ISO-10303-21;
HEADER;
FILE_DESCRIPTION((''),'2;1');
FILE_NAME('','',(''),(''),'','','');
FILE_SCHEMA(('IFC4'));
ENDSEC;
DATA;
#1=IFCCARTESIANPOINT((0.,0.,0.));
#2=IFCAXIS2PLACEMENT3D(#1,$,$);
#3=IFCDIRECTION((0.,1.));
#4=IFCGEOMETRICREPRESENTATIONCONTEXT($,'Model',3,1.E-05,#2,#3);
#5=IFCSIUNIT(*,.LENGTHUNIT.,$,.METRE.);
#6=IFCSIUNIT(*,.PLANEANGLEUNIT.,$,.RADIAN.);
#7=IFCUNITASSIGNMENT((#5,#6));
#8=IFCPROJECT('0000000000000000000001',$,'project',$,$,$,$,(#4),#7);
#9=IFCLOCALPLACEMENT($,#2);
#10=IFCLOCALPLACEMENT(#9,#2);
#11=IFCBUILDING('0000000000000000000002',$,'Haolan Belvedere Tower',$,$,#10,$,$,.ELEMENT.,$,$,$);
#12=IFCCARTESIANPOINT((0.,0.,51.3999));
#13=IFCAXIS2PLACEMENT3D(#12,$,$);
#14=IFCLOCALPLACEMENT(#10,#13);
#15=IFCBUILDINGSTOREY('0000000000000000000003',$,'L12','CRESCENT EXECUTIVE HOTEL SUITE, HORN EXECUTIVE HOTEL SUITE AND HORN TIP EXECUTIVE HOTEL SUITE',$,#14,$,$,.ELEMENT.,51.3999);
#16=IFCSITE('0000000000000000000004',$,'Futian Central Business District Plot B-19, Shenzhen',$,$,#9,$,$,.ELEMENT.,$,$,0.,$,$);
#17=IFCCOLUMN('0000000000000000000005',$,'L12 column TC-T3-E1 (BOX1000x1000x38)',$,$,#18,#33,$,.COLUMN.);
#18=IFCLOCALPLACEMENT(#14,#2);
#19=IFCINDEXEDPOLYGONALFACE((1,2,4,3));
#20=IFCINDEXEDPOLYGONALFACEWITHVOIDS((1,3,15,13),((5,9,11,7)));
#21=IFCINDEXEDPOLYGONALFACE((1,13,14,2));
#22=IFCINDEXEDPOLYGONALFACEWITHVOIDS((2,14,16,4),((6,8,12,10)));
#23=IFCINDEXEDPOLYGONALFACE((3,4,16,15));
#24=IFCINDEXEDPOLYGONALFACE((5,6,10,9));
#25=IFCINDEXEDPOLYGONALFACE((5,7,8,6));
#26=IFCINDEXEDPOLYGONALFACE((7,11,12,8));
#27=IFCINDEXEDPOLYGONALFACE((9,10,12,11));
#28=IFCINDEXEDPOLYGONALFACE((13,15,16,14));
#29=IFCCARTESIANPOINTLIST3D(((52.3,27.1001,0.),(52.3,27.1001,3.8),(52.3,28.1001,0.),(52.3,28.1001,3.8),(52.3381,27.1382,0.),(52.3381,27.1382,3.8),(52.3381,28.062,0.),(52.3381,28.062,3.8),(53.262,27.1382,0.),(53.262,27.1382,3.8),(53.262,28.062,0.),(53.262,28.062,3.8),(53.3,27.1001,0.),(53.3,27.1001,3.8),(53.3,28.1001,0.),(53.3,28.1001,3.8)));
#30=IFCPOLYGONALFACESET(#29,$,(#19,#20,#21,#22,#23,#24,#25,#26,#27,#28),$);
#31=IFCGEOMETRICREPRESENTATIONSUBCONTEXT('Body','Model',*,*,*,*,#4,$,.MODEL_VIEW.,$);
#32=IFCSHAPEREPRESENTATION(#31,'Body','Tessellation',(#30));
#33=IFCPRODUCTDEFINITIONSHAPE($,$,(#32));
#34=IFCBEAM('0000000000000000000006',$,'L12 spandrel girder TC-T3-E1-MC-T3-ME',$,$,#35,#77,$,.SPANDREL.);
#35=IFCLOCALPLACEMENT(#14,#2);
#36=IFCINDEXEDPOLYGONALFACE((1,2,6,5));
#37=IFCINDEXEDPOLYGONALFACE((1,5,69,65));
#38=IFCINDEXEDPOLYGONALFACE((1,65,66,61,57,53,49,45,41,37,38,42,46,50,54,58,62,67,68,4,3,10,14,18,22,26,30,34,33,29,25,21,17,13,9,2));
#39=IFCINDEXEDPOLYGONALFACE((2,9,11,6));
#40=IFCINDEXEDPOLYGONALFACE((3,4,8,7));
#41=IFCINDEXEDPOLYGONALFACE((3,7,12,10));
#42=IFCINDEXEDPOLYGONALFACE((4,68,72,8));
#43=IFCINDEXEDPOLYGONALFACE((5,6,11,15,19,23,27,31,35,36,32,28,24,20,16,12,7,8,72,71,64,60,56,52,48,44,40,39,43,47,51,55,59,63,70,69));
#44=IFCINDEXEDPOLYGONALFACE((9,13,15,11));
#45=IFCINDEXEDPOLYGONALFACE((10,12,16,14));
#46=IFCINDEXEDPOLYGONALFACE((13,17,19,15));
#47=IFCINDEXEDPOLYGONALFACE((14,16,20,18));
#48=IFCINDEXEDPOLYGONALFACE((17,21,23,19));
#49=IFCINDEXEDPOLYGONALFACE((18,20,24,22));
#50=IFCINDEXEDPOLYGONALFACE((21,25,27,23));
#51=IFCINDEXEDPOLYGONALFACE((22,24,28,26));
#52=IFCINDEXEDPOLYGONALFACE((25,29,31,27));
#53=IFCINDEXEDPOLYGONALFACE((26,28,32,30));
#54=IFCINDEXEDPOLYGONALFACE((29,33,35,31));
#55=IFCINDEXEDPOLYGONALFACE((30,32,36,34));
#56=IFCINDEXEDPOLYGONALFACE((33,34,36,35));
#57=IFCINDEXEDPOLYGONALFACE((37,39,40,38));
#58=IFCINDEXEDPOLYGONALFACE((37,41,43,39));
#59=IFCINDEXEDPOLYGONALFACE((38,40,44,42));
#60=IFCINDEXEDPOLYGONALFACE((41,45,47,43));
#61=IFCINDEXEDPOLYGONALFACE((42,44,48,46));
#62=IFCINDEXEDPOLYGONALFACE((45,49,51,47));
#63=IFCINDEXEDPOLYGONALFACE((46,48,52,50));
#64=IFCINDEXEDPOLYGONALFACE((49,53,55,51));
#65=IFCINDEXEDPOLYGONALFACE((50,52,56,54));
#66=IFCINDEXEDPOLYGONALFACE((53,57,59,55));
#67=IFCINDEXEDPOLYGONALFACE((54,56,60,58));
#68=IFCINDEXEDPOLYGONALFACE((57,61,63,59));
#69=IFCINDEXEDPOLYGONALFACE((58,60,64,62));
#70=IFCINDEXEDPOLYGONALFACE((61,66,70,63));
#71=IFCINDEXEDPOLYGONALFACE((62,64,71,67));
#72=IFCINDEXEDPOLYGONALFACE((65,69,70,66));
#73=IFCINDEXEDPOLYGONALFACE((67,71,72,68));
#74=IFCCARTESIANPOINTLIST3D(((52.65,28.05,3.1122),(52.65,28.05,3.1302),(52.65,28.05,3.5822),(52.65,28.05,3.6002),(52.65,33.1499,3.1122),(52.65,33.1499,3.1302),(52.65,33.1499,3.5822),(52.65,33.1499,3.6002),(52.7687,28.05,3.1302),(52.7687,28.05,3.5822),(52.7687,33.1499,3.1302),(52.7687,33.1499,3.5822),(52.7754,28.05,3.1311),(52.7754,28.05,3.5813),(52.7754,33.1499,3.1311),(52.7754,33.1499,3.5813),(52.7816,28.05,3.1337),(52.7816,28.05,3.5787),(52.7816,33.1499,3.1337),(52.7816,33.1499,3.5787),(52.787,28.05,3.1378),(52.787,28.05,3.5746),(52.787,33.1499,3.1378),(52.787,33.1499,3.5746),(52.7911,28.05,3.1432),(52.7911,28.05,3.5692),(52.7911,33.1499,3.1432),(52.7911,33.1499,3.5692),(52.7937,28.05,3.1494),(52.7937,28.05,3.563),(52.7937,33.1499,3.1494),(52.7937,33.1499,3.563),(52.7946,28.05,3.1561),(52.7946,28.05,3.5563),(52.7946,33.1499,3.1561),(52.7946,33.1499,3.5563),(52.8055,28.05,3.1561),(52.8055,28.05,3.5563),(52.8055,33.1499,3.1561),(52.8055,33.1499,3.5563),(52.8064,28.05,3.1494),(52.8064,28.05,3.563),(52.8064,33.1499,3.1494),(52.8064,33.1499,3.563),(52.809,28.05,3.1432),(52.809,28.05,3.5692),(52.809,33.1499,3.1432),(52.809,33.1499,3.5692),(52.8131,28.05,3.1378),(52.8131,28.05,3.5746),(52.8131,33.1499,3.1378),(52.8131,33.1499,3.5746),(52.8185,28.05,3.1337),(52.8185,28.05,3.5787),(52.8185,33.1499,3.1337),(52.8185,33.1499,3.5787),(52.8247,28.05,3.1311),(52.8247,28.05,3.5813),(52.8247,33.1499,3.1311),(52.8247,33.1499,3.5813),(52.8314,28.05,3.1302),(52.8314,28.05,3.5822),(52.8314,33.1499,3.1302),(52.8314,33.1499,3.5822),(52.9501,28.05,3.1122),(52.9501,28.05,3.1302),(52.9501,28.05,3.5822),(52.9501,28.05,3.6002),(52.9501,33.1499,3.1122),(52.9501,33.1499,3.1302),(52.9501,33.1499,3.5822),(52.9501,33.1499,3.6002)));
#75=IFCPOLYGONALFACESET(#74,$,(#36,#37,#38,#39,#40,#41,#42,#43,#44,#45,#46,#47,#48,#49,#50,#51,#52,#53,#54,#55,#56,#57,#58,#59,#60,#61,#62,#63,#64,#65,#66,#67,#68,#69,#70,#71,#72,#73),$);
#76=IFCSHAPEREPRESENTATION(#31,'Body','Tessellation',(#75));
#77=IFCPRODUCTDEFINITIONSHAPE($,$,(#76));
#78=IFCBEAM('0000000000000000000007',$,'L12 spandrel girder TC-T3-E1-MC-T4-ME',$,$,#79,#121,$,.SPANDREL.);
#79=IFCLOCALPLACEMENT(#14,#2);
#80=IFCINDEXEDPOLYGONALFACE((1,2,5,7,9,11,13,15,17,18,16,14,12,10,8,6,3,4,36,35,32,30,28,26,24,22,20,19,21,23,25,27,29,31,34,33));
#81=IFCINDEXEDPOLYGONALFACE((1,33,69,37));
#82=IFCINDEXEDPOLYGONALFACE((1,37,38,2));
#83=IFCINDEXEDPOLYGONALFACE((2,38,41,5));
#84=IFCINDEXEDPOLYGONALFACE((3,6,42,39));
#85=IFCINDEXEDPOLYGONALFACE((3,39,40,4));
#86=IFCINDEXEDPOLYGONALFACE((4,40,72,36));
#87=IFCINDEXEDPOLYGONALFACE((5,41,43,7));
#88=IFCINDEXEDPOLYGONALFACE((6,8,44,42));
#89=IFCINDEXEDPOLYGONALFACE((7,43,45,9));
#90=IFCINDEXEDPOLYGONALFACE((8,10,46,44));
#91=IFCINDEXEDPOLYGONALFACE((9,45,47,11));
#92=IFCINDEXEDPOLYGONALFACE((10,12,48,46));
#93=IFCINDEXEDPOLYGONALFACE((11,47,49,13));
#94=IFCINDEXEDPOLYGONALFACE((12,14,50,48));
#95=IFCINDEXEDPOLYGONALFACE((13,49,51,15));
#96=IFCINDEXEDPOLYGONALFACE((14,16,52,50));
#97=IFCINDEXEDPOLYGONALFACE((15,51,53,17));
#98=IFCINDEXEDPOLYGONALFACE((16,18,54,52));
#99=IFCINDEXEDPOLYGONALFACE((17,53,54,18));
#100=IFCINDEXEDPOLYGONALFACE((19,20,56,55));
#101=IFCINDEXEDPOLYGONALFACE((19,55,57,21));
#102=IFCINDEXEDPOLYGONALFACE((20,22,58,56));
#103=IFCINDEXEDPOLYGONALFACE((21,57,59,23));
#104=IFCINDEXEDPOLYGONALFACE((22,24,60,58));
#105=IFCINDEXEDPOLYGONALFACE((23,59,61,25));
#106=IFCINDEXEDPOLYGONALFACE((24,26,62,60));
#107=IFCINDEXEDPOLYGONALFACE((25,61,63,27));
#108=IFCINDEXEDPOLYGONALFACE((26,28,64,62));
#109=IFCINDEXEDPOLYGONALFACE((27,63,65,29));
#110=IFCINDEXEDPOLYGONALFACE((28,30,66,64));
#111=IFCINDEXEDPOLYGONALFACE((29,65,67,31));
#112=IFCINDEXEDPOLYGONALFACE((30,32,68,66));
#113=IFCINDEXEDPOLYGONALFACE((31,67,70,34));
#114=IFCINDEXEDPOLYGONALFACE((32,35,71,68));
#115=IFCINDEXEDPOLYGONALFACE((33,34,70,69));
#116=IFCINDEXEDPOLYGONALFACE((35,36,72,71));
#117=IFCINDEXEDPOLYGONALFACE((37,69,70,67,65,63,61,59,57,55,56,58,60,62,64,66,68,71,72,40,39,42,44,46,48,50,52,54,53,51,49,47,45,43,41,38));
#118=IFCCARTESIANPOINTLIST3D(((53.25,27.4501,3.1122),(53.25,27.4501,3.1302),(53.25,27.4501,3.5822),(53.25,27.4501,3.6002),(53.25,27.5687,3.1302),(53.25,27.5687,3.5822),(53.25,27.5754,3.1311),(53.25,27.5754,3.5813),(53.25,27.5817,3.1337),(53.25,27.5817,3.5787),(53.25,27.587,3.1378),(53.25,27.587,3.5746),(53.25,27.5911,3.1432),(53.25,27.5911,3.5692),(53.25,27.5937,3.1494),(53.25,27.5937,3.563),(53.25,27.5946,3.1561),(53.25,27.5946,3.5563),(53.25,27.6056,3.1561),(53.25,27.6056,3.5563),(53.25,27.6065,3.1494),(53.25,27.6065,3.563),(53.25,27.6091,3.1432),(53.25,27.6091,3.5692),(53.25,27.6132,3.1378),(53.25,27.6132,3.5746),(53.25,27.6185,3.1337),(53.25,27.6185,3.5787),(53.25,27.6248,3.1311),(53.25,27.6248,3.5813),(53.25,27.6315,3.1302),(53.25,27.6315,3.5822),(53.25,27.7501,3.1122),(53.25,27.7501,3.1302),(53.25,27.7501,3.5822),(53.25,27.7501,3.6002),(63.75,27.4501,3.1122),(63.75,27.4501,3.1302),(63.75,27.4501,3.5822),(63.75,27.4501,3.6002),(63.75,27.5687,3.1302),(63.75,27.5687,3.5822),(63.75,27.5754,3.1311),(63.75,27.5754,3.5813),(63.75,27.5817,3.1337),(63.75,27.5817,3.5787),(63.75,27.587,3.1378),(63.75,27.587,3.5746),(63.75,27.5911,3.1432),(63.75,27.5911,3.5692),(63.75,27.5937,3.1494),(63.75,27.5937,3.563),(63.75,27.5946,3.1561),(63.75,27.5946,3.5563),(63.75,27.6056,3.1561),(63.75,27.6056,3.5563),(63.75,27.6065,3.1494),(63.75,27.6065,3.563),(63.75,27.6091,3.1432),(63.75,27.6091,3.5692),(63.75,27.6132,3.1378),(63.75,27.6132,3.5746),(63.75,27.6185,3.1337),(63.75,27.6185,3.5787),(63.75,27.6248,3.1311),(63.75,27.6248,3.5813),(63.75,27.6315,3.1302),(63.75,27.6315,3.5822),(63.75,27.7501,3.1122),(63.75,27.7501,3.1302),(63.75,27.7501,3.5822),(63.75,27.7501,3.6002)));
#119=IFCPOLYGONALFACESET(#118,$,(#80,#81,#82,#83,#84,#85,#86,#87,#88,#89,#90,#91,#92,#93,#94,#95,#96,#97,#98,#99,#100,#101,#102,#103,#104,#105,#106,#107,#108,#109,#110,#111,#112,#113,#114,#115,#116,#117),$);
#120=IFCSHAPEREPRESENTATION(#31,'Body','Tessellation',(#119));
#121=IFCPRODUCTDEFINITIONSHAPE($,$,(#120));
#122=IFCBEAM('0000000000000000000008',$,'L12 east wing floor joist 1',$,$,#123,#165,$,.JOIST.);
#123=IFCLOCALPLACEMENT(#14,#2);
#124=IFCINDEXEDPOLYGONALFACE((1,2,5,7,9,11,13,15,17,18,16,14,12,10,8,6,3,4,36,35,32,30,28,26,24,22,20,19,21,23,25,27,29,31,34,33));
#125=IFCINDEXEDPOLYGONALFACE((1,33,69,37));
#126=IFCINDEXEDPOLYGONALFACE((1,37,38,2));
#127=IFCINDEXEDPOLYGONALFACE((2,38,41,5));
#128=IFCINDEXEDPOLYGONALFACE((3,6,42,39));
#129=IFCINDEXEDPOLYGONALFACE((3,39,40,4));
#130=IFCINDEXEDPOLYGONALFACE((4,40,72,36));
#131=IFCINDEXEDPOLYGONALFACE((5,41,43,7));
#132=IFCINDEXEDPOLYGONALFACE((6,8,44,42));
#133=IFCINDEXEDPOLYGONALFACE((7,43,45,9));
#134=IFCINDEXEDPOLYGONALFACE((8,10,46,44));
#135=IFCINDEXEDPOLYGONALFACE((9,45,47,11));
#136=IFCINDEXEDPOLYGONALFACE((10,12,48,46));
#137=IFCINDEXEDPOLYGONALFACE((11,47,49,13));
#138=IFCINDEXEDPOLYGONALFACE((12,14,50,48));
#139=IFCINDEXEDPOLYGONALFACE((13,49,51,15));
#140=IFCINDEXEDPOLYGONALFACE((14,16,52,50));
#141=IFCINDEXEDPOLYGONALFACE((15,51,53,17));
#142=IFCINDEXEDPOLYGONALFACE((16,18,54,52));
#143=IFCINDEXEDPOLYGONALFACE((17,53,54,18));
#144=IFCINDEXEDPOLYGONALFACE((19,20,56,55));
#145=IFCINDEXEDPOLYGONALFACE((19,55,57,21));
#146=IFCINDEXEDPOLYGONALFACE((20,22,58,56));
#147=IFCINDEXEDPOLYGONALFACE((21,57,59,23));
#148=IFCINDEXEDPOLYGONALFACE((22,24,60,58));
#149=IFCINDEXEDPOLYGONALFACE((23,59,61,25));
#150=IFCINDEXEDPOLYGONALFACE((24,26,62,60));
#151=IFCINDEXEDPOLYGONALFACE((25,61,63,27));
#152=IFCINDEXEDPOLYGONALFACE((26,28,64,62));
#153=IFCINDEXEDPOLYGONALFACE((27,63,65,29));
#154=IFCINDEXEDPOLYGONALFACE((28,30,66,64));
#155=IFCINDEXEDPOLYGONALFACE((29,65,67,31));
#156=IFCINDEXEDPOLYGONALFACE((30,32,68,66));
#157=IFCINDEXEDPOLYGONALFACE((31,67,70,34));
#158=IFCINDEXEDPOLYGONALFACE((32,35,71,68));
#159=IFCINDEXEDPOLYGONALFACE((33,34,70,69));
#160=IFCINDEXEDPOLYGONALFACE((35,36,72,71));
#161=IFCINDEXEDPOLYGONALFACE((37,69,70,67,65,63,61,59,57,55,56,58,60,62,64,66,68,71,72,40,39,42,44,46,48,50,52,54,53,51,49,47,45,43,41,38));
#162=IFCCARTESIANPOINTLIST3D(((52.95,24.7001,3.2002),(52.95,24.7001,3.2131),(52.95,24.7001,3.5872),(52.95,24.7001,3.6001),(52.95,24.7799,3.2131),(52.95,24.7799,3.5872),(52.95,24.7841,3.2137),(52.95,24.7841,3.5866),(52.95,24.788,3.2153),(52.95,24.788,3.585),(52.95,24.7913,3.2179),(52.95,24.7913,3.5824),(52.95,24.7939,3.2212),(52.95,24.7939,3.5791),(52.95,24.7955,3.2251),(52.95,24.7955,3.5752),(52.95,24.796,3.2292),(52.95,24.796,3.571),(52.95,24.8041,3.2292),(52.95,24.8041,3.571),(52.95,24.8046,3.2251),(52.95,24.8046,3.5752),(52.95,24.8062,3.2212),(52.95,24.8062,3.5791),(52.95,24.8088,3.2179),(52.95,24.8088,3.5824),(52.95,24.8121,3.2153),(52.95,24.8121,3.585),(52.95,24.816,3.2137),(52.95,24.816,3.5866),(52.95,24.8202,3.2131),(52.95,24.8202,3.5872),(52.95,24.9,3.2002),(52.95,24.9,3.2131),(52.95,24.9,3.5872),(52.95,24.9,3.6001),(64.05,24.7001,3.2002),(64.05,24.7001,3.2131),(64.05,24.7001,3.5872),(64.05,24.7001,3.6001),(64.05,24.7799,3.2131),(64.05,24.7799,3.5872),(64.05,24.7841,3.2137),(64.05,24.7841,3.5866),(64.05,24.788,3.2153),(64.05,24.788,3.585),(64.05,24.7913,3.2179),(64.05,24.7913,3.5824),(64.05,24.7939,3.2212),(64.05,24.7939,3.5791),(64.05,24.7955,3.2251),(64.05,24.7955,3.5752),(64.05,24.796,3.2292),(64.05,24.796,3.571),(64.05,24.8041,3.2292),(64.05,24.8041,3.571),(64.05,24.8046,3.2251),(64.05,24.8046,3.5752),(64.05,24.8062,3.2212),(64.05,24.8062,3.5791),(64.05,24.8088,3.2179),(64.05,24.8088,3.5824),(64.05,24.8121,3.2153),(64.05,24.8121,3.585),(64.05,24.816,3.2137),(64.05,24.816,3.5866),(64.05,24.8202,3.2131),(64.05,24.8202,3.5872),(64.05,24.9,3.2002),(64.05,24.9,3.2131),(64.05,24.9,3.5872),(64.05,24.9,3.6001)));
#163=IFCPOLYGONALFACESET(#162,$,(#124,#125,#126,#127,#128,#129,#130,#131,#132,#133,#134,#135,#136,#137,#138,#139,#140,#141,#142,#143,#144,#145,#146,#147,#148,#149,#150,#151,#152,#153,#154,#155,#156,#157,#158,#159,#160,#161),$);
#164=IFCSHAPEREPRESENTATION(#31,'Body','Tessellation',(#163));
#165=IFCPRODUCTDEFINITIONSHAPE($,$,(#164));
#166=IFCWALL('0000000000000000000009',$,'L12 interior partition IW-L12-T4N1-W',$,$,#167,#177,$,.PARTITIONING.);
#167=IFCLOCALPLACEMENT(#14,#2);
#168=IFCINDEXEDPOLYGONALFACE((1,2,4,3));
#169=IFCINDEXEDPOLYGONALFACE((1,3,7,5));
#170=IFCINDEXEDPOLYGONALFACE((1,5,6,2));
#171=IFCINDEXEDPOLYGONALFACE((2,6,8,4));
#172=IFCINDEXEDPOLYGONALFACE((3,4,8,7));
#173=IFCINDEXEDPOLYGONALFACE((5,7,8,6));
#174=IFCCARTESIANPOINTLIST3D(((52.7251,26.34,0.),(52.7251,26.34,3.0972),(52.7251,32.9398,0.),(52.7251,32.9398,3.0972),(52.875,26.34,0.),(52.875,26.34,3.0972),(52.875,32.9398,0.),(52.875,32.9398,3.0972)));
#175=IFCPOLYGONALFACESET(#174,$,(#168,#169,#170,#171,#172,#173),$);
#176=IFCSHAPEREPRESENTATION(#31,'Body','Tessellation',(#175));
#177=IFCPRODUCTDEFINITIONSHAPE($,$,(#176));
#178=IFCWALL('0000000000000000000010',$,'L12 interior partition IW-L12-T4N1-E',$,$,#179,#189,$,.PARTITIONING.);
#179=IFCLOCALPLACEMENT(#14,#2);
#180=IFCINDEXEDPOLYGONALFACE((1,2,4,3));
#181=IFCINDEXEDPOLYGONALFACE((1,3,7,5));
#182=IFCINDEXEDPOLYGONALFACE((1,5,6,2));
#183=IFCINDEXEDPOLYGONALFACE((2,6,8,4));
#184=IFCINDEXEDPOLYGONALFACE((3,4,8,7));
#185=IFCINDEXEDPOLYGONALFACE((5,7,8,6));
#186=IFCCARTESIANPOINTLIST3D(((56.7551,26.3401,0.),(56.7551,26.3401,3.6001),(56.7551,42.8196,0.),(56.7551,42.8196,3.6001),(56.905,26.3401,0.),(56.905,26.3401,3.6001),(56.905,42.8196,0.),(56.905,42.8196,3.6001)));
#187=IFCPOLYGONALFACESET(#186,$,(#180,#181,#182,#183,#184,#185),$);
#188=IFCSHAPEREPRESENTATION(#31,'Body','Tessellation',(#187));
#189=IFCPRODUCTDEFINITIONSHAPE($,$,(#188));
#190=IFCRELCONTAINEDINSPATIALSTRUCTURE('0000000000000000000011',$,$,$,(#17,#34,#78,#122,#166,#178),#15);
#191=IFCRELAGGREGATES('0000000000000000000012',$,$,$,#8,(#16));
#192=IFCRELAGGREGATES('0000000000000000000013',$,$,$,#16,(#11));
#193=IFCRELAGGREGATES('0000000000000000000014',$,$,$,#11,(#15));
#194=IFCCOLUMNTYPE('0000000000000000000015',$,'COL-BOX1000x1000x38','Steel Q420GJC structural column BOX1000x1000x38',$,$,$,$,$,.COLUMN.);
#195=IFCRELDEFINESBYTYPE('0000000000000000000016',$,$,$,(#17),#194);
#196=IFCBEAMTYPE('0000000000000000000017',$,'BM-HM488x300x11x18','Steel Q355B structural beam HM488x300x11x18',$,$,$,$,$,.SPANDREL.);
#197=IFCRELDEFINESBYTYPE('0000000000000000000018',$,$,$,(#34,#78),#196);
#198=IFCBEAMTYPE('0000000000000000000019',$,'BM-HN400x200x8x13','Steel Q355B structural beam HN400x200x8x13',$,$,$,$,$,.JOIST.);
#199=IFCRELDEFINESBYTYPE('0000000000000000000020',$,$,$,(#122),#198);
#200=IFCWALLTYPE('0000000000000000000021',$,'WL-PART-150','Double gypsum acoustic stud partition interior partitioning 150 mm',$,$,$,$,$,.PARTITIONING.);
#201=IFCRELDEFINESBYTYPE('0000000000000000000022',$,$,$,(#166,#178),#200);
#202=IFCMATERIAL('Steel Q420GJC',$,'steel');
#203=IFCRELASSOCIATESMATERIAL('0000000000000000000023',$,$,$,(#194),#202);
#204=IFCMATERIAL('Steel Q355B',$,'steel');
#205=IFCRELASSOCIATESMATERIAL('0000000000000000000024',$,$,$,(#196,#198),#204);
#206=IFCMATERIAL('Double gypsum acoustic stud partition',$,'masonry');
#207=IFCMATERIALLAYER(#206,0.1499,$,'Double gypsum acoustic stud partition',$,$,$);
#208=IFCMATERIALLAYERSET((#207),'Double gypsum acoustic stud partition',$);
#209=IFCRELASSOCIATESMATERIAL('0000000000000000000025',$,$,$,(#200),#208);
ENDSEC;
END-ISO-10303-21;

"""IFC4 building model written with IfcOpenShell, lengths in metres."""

from ifc_helpers import new_model, si_unit, direction, frame, frame_2d, origin, origin_2d, place, context, subcontext, project, spatial, rectangle, hollow_rectangle, i_section, extrude, material, layer, layer_set, material_profile, profile_set, type_object, element, save


model = new_model("IFC4")

# Units and contexts
model_context = context("Model", 3, precision=1e-05, world=origin(), true_north=direction((0.0, 1.0)))
body_context = subcontext(model_context, "Body", "Model", "MODEL_VIEW")
ifc_project = project(units=[si_unit("LENGTHUNIT", "METRE"), si_unit("PLANEANGLEUNIT", "RADIAN")], contexts=[model_context])

# Site, building, storey
site_placement = place(None, origin())
site = spatial("IfcSite", under=ifc_project, at=site_placement, Name="Futian Central Business District Plot B-19, Shenzhen", CompositionType="ELEMENT", RefElevation=0.0)
building_placement = place(site_placement, origin())
building = spatial("IfcBuilding", under=site, at=building_placement, Name="Haolan Belvedere Tower", CompositionType="ELEMENT")
storey_placement = place(building_placement, frame((0.0, 0.0, 51.3999)))
storey = spatial("IfcBuildingStorey", under=building, at=storey_placement, Name="L12", Description="CRESCENT EXECUTIVE HOTEL SUITE, HORN EXECUTIVE HOTEL SUITE AND HORN TIP EXECUTIVE HOTEL SUITE", CompositionType="ELEMENT", Elevation=51.3999)

# Column
ifc_material_1 = material(Name="Steel Q420GJC", Category="steel")
ifc_material_profile_1 = material_profile(ifc_material_1, hollow_rectangle(XDim=1.0, YDim=1.0, WallThickness=0.0381, at=origin_2d()), Name="Steel Q420GJC")
ifc_profile_set_1 = profile_set([ifc_material_profile_1], Name="Steel Q420GJC")
column_type = type_object("IfcColumnType", Name="COL-BOX1000x1000x38", Description="Steel Q420GJC structural column BOX1000x1000x38", PredefinedType="COLUMN", material=ifc_profile_set_1)
column_placement = place(storey_placement, frame((52.8, 27.6001, 0.0), z_axis=(0.0, 0.0, 1.0), x_axis=(1.0, 0.0, 0.0)))
element("IfcColumn", 1, at=column_placement, inside=storey, type_object=column_type, Name="L12 column TC-T3-E1 (BOX1000x1000x38)", PredefinedType="COLUMN", context=body_context, shape_type="SweptSolid", body=[
    extrude(hollow_rectangle(XDim=1.0, YDim=1.0, WallThickness=0.0381, at=origin_2d()), origin(), (0.0, 0.0, 1.0), 3.8),
])

# Beams
ifc_material_2 = material(Name="Steel Q355B", Category="steel")
ifc_material_profile_2 = material_profile(ifc_material_2, i_section(OverallWidth=0.3, OverallDepth=0.488, WebThickness=0.011, FlangeThickness=0.0181, FilletRadius=0.0259, at=origin_2d()), Name="Steel Q355B")
ifc_profile_set_2 = profile_set([ifc_material_profile_2], Name="Steel Q355B")
beam_type_1 = type_object("IfcBeamType", Name="BM-HM488x300x11x18", Description="Steel Q355B structural beam HM488x300x11x18", PredefinedType="SPANDREL", material=ifc_profile_set_2)
beam_1_placement = place(storey_placement, frame((52.8, 28.05, 3.3562), z_axis=(0.0, 1.0, 0.0), x_axis=(-1.0, 0.0, 0.0)))
element("IfcBeam", 2, at=beam_1_placement, inside=storey, type_object=beam_type_1, Name="L12 spandrel girder TC-T3-E1-MC-T3-ME", PredefinedType="SPANDREL", context=body_context, shape_type="SweptSolid", body=[
    extrude(i_section(OverallWidth=0.3, OverallDepth=0.488, WebThickness=0.011, FlangeThickness=0.0181, FilletRadius=0.0259, at=origin_2d()), origin(), (0.0, 0.0, 1.0), 5.0999),
])
beam_2_placement = place(storey_placement, frame((53.25, 27.6001, 3.3562), z_axis=(1.0, 0.0, 0.0), x_axis=(0.0, 1.0, 0.0)))
element("IfcBeam", 3, at=beam_2_placement, inside=storey, type_object=beam_type_1, Name="L12 spandrel girder TC-T3-E1-MC-T4-ME", PredefinedType="SPANDREL", context=body_context, shape_type="SweptSolid", body=[
    extrude(i_section(OverallWidth=0.3, OverallDepth=0.488, WebThickness=0.011, FlangeThickness=0.0181, FilletRadius=0.0259, at=origin_2d()), origin(), (0.0, 0.0, 1.0), 10.5),
])
ifc_material_profile_3 = material_profile(ifc_material_2, i_section(OverallWidth=0.2, OverallDepth=0.3999, WebThickness=0.0081, FlangeThickness=0.0129, FilletRadius=0.0161, at=origin_2d()), Name="Steel Q355B")
ifc_profile_set_3 = profile_set([ifc_material_profile_3], Name="Steel Q355B")
beam_type_2 = type_object("IfcBeamType", Name="BM-HN400x200x8x13", Description="Steel Q355B structural beam HN400x200x8x13", PredefinedType="JOIST", material=ifc_profile_set_3)
beam_3_placement = place(storey_placement, frame((52.95, 24.8, 3.4001), z_axis=(1.0, 0.0, 0.0), x_axis=(0.0, 1.0, 0.0)))
element("IfcBeam", 4, at=beam_3_placement, inside=storey, type_object=beam_type_2, Name="L12 east wing floor joist 1", PredefinedType="JOIST", context=body_context, shape_type="SweptSolid", body=[
    extrude(i_section(OverallWidth=0.2, OverallDepth=0.3999, WebThickness=0.0081, FlangeThickness=0.0129, FilletRadius=0.0161, at=origin_2d()), origin(), (0.0, 0.0, 1.0), 11.1001),
])

# Walls
ifc_material_3 = material(Name="Double gypsum acoustic stud partition", Category="masonry")
ifc_layer_1 = layer(ifc_material_3, 0.1499, Name="Double gypsum acoustic stud partition")
ifc_layer_set_1 = layer_set([ifc_layer_1], Name="Double gypsum acoustic stud partition")
wall_type_1 = type_object("IfcWallType", Name="WL-PART-150", Description="Double gypsum acoustic stud partition interior partitioning 150 mm", PredefinedType="PARTITIONING", material=ifc_layer_set_1)
wall_1_placement = place(storey_placement, frame((52.8, 26.3401, 0.0), z_axis=(0.0, 0.0, 1.0), x_axis=(0.0, 1.0, 0.0)))
element("IfcWall", 5, at=wall_1_placement, inside=storey, type_object=wall_type_1, Name="L12 interior partition IW-L12-T4N1-W", PredefinedType="PARTITIONING", context=body_context, shape_type="SweptSolid", body=[
    extrude(rectangle(XDim=6.5999, YDim=0.1499, at=frame_2d((3.2998, 0.0))), origin(), (0.0, 0.0, 1.0), 3.0972),
])
wall_2_placement = place(storey_placement, frame((56.8301, 26.3401, 0.0), z_axis=(0.0, 0.0, 1.0), x_axis=(0.0, 1.0, 0.0)))
element("IfcWall", 6, at=wall_2_placement, inside=storey, type_object=wall_type_1, Name="L12 interior partition IW-L12-T4N1-E", PredefinedType="PARTITIONING", context=body_context, shape_type="SweptSolid", body=[
    extrude(rectangle(XDim=16.4795, YDim=0.1499, at=frame_2d((8.2397, 0.0))), origin(), (0.0, 0.0, 1.0), 3.6001),
])

save(model, "model.ifc")
